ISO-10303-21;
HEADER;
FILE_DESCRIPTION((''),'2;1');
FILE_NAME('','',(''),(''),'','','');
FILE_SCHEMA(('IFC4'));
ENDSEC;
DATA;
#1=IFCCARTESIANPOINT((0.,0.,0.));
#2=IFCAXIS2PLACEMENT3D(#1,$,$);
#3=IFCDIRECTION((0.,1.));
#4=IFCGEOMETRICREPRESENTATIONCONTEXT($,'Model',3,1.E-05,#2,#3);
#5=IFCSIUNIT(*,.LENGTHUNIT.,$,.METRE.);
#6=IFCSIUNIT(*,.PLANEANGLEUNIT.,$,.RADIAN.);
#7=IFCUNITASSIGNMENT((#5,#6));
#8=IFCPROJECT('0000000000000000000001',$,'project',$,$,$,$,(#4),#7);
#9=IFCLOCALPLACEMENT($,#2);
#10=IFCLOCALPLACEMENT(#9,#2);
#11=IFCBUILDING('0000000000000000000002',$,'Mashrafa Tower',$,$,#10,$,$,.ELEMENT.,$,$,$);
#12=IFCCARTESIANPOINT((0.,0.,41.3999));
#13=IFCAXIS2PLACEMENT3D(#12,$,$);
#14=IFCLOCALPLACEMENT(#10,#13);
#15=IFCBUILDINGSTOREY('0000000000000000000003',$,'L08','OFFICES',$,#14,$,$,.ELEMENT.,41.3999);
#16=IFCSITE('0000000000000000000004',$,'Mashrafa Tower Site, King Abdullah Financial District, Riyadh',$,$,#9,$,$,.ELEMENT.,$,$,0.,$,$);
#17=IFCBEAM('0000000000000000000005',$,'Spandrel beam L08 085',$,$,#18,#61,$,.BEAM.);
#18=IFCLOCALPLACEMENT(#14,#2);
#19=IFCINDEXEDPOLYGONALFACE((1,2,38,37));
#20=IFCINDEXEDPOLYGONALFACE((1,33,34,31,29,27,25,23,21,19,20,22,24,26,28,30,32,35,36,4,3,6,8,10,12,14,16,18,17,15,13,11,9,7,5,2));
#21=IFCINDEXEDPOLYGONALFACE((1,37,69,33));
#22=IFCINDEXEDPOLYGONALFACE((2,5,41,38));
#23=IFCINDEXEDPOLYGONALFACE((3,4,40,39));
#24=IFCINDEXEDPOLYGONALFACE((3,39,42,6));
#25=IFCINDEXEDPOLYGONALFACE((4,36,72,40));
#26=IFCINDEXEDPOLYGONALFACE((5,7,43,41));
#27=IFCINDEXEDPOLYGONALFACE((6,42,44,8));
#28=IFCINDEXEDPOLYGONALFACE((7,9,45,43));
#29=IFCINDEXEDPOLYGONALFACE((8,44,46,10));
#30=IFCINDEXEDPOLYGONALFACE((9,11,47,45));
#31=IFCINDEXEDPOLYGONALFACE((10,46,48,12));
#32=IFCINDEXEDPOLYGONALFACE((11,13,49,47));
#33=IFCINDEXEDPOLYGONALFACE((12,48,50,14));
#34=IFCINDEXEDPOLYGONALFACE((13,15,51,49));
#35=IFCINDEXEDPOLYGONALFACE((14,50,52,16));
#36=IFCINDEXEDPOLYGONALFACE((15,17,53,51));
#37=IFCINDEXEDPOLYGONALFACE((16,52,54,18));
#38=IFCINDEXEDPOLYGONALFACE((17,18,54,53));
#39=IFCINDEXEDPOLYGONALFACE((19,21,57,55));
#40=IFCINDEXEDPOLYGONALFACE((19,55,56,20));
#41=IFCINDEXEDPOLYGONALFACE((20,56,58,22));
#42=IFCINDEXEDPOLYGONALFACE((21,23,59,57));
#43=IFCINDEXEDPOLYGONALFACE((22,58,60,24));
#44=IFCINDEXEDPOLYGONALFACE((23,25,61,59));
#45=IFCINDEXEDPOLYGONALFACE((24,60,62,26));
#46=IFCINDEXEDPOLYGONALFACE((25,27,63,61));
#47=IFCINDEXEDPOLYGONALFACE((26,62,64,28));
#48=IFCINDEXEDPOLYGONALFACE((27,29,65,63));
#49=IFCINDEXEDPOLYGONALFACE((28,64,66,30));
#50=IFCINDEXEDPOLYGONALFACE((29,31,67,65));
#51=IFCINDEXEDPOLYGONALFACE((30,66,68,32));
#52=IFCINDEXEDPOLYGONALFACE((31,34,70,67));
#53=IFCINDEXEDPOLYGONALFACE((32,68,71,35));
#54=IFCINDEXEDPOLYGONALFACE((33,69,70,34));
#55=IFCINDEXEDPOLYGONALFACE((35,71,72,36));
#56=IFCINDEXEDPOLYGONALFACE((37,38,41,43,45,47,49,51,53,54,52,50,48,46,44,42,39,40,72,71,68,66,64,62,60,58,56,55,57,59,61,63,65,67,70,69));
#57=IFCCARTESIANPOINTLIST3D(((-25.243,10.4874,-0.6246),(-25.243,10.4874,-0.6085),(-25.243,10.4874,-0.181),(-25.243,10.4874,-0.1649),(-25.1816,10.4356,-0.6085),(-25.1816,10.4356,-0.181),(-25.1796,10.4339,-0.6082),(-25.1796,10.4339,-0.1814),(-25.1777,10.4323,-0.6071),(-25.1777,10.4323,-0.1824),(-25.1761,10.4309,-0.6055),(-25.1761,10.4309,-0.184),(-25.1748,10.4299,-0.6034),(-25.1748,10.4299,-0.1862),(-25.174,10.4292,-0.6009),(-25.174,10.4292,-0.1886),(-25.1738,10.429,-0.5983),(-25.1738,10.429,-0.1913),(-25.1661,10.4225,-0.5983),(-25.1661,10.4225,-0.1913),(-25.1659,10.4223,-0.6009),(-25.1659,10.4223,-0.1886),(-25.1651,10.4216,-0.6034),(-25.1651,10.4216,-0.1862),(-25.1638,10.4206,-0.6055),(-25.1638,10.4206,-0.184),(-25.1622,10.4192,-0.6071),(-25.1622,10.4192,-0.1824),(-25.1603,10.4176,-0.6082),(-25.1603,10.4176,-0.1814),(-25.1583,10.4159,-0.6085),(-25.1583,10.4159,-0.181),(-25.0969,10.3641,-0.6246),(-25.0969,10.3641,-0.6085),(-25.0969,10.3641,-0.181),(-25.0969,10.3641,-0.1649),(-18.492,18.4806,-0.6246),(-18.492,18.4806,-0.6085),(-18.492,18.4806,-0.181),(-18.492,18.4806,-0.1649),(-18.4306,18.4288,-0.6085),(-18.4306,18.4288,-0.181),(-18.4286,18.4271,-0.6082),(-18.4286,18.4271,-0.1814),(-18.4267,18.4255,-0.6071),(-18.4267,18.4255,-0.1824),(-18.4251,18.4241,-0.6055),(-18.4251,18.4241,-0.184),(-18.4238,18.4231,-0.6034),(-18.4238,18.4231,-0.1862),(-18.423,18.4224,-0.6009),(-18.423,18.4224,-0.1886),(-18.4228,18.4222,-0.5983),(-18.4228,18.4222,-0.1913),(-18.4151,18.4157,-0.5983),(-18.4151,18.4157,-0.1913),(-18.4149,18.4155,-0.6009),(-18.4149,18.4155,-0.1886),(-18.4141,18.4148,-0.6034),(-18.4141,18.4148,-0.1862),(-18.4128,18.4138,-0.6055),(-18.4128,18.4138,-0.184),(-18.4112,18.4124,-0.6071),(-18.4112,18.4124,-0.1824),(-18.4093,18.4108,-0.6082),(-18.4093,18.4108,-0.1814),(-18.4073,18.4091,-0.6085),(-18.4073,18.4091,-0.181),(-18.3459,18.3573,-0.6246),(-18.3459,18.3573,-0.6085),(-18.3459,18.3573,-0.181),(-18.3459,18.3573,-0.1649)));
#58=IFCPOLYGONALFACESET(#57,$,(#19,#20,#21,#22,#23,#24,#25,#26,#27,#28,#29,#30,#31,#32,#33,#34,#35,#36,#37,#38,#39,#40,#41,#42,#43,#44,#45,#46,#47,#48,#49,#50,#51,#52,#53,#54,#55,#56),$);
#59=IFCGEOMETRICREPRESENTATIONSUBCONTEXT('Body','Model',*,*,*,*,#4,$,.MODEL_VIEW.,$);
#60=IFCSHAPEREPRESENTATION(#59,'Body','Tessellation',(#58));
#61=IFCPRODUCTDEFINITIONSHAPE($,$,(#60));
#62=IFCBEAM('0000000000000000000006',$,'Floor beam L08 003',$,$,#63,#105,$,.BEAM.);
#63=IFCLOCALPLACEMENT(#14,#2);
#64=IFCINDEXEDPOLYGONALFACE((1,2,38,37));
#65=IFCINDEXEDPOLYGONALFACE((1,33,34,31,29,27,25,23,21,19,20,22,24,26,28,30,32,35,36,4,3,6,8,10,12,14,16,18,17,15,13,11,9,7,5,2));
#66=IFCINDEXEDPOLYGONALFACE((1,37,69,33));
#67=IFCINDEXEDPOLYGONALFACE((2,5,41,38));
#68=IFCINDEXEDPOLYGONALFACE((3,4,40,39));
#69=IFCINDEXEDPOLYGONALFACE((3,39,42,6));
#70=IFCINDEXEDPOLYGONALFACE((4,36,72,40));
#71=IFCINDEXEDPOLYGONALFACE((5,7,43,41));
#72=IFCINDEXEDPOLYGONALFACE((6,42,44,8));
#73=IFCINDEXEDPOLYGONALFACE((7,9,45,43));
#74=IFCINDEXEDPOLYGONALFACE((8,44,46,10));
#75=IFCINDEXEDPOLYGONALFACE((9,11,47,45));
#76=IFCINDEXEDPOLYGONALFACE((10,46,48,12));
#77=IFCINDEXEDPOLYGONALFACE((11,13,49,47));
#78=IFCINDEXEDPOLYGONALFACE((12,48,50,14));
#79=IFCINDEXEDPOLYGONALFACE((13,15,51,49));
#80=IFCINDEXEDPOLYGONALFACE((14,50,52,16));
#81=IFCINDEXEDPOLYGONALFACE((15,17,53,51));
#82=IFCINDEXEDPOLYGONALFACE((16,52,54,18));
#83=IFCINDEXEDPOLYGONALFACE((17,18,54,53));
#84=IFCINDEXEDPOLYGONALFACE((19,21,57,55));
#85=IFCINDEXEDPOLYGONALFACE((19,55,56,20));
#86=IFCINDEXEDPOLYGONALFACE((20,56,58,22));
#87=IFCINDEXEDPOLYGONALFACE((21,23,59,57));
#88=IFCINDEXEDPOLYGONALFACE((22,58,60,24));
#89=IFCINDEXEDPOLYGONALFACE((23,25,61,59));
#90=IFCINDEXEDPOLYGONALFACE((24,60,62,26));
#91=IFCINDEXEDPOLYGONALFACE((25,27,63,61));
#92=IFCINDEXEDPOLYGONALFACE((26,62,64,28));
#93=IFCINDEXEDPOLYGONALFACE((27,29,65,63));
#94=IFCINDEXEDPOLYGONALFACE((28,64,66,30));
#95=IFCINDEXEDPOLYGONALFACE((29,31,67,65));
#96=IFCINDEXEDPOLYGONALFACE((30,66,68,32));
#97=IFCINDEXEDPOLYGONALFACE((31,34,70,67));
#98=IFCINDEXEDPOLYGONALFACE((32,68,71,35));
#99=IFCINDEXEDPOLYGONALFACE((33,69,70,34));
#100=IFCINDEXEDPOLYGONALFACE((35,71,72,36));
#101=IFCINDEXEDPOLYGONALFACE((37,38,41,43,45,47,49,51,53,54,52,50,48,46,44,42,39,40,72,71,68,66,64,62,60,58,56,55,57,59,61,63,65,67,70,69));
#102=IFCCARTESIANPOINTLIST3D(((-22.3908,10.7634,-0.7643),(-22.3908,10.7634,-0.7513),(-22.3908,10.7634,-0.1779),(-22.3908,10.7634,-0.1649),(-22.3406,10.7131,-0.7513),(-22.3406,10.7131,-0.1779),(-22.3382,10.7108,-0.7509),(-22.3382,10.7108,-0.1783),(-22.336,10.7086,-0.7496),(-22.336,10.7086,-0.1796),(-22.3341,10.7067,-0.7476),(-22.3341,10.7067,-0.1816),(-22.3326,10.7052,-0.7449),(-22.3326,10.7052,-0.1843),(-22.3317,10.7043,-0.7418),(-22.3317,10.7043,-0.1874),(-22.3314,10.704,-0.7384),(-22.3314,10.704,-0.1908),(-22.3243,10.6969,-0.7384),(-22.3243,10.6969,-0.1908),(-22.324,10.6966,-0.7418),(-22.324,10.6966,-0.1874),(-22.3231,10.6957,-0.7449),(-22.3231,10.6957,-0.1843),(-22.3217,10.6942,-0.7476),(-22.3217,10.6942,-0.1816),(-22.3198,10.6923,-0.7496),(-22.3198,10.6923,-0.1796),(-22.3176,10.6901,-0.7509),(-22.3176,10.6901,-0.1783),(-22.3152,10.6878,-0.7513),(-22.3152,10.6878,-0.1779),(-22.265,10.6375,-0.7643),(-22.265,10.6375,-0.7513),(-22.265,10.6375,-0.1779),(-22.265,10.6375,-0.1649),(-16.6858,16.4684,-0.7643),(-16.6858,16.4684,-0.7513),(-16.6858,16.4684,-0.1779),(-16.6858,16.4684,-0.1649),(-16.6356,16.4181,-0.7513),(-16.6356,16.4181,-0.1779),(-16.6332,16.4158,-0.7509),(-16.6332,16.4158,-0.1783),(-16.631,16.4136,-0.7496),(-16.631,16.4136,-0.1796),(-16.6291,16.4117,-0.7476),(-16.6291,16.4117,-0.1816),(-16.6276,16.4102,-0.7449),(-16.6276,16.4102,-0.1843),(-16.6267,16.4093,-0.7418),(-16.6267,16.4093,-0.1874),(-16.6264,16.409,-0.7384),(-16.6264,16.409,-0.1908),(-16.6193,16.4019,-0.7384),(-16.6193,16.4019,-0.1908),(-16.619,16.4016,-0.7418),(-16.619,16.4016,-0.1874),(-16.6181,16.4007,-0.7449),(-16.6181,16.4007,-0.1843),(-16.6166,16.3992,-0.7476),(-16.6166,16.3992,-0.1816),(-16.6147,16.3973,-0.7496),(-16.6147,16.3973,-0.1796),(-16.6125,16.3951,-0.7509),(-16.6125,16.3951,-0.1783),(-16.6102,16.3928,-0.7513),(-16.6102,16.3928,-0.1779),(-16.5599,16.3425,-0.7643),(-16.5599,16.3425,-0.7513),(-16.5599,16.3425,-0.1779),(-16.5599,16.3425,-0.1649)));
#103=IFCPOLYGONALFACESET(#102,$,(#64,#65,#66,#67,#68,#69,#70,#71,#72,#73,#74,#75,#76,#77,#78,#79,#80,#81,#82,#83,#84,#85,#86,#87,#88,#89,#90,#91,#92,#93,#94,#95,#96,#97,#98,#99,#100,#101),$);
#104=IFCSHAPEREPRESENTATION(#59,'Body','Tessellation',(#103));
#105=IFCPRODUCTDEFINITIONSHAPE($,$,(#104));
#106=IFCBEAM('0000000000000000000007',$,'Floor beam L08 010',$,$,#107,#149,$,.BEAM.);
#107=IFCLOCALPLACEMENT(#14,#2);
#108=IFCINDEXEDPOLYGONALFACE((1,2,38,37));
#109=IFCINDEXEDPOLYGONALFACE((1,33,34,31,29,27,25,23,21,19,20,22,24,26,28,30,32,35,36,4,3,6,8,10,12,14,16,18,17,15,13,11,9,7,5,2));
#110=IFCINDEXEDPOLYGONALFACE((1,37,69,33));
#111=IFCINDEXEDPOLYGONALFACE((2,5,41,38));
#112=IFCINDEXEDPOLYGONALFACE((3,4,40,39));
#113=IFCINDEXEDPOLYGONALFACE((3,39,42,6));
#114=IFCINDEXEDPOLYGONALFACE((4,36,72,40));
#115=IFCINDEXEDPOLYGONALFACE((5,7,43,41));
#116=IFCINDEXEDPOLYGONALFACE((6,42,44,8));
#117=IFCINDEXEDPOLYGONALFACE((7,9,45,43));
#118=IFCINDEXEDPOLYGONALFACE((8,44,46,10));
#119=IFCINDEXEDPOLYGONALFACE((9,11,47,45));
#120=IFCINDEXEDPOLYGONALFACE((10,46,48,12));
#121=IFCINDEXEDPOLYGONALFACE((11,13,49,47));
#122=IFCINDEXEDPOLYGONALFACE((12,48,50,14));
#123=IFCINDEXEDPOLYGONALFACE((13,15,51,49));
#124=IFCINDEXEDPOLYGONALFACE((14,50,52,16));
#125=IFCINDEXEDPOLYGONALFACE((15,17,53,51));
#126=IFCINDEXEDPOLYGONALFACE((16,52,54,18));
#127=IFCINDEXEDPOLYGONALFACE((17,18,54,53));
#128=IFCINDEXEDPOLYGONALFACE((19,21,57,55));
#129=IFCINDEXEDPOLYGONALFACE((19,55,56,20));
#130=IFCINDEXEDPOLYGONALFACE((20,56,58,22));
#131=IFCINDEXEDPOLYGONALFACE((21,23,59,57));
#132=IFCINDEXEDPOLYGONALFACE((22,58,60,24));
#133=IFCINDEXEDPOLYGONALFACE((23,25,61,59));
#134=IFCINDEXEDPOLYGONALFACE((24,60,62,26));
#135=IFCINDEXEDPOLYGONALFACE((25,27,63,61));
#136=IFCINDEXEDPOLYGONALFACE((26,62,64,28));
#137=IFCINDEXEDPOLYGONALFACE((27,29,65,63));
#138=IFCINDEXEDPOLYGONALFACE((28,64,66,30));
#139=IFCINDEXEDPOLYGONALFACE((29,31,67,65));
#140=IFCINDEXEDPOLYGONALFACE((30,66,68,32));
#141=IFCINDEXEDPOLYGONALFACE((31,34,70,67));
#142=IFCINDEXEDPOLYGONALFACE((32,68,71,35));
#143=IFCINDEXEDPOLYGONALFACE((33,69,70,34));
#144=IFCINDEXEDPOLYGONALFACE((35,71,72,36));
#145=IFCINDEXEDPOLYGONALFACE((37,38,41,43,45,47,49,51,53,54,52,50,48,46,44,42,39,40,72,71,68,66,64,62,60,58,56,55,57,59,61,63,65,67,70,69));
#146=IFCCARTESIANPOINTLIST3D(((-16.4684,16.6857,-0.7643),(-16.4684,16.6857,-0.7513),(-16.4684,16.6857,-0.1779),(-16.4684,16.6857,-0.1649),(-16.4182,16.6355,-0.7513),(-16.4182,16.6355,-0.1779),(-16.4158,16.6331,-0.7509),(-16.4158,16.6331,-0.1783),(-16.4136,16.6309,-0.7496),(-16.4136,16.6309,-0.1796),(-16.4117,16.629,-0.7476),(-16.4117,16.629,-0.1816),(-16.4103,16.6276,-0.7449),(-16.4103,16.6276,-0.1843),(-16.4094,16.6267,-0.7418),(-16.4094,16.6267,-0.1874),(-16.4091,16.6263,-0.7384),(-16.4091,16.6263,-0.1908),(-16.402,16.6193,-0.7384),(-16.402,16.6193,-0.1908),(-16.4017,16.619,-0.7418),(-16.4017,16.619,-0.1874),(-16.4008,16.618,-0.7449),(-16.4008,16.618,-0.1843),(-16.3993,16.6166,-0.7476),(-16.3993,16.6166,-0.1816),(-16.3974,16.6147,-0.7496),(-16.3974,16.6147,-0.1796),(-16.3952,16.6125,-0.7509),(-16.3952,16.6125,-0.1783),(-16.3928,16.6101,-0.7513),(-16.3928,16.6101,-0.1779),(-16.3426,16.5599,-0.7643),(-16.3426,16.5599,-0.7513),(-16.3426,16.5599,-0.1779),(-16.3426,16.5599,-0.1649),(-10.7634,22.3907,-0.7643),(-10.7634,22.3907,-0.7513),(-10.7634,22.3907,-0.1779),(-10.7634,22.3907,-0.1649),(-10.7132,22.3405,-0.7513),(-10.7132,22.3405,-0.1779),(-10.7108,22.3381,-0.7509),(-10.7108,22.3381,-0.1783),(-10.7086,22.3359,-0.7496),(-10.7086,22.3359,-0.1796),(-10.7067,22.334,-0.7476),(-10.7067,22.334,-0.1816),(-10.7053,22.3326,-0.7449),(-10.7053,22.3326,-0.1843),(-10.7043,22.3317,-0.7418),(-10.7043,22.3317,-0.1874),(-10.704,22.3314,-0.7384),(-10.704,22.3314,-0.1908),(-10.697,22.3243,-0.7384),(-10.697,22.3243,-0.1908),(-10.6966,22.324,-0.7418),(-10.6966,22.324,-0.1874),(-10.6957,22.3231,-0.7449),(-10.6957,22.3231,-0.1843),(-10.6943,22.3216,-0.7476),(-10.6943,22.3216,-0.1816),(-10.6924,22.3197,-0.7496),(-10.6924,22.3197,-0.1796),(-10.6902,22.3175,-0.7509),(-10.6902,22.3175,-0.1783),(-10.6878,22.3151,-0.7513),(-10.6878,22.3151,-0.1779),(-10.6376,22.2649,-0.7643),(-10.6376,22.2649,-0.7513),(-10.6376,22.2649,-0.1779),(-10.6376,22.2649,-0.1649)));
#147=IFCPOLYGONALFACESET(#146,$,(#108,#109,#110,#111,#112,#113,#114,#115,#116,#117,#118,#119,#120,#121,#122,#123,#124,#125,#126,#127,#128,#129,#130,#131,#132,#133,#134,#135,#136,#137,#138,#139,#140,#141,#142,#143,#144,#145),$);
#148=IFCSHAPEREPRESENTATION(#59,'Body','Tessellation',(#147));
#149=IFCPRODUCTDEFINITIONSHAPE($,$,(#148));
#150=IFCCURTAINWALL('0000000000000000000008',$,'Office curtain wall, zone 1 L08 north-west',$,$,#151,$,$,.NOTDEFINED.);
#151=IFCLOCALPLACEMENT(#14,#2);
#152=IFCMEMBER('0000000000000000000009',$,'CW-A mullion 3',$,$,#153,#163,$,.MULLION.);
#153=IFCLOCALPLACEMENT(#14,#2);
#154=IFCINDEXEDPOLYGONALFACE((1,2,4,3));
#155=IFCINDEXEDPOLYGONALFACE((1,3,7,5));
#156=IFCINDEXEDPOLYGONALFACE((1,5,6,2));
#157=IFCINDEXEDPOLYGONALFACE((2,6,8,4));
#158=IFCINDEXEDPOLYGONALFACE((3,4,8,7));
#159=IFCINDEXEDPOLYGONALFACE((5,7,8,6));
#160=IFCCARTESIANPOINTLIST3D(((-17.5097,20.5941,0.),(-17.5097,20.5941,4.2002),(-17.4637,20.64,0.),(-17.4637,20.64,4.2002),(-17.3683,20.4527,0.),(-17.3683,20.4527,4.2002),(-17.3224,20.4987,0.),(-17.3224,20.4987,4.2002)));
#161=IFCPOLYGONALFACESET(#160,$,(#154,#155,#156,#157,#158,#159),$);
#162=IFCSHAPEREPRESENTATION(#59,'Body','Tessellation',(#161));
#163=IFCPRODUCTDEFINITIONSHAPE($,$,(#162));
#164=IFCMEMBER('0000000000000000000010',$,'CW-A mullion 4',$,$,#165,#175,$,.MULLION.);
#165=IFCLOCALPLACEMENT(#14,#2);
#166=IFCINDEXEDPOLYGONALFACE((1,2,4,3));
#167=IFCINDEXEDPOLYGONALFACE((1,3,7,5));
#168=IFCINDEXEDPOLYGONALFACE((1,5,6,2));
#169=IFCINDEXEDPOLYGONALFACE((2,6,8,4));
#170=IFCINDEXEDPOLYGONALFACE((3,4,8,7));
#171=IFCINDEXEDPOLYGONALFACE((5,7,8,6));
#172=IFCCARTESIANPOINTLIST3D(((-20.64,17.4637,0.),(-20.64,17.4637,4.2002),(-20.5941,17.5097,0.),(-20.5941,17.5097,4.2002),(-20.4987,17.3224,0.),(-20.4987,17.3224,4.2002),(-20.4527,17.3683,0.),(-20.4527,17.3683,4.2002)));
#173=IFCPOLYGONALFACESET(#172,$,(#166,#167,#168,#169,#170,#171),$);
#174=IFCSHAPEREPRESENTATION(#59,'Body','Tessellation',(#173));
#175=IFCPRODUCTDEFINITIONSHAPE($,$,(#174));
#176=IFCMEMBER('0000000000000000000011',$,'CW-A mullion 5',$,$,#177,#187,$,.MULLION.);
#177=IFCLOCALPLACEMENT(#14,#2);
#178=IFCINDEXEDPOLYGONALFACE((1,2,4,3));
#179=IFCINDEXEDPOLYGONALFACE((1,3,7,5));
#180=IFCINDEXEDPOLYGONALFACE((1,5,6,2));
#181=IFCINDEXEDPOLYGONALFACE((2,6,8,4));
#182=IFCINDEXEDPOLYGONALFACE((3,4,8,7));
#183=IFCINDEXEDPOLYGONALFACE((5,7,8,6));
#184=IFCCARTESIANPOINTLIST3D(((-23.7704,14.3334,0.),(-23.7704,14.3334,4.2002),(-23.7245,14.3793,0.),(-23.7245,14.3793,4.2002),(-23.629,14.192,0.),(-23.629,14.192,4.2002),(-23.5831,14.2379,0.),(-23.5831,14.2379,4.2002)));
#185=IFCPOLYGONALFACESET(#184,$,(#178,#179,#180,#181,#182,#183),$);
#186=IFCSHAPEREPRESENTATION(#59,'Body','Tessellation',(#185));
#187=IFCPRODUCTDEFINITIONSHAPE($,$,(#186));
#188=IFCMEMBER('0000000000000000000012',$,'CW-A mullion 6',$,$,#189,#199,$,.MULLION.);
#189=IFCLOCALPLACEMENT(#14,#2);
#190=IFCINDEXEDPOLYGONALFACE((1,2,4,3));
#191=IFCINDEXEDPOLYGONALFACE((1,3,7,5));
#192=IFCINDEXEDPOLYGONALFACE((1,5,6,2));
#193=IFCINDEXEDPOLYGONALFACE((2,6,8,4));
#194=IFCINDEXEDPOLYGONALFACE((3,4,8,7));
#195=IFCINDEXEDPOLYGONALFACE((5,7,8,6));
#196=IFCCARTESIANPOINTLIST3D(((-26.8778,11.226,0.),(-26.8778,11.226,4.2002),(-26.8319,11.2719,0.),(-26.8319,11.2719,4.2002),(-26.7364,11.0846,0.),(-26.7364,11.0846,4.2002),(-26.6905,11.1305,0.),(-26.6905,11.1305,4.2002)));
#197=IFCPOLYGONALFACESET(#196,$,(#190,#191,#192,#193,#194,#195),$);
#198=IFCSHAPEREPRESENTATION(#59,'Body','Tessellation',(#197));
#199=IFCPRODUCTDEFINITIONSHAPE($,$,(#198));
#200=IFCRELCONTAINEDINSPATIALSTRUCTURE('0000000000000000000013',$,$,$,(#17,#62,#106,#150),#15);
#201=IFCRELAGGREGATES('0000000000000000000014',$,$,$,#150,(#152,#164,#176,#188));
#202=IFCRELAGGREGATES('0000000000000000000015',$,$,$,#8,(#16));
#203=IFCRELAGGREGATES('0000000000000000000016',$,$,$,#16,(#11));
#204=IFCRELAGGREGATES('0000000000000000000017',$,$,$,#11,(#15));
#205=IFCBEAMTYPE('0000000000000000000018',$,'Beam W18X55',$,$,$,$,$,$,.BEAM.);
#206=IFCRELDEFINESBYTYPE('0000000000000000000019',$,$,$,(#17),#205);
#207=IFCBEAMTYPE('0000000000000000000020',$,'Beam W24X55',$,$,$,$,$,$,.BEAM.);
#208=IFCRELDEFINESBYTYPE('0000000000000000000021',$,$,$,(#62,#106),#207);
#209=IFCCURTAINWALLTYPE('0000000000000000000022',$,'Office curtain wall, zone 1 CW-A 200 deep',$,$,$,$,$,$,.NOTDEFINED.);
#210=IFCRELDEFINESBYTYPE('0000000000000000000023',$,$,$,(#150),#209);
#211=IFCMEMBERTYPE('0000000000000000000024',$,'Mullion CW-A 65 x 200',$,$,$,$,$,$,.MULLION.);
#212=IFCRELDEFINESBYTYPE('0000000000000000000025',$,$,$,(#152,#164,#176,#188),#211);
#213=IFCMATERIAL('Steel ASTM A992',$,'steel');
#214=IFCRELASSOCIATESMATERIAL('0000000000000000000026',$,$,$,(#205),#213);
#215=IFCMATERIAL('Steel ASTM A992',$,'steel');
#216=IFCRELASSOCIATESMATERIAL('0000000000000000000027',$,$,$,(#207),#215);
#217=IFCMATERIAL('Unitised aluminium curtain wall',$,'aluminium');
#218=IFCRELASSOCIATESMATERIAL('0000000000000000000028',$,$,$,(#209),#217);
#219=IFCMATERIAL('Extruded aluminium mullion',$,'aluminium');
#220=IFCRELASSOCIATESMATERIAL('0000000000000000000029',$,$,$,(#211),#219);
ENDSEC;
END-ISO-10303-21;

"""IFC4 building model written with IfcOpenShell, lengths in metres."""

from ifc_helpers import new_model, si_unit, direction, frame, origin, origin_2d, place, context, subcontext, project, spatial, rectangle, i_section, extrude, source, transform, mapped, material, material_profile, profile_set, type_object, type_shapes, element, aggregate, save


model = new_model("IFC4")

# Units and contexts
model_context = context("Model", 3, precision=1e-05, world=origin(), true_north=direction((0.0, 1.0)))
body_context = subcontext(model_context, "Body", "Model", "MODEL_VIEW")
ifc_project = project(units=[si_unit("LENGTHUNIT", "METRE"), si_unit("PLANEANGLEUNIT", "RADIAN")], contexts=[model_context])

# Site, building, storey
site_placement = place(None, origin())
site = spatial("IfcSite", under=ifc_project, at=site_placement, Name="Mashrafa Tower Site, King Abdullah Financial District, Riyadh", CompositionType="ELEMENT", RefElevation=0.0)
building_placement = place(site_placement, origin())
building = spatial("IfcBuilding", under=site, at=building_placement, Name="Mashrafa Tower", CompositionType="ELEMENT")
storey_placement = place(building_placement, frame((0.0, 0.0, 41.3999)))
storey = spatial("IfcBuildingStorey", under=building, at=storey_placement, Name="L08", Description="OFFICES", CompositionType="ELEMENT", Elevation=41.3999)

# Beams
ifc_material_1 = material(Name="Steel ASTM A992", Category="steel")
ifc_material_profile_1 = material_profile(ifc_material_1, i_section(OverallWidth=0.1912, OverallDepth=0.4597, WebThickness=0.01, FlangeThickness=0.0161, FilletRadius=0.0103, at=origin_2d()), Name="W18X55")
ifc_profile_set_1 = profile_set([ifc_material_profile_1], Name="Steel ASTM A992")
beam_type_1 = type_object("IfcBeamType", Name="Beam W18X55", PredefinedType="BEAM", material=ifc_profile_set_1)
beam_1_placement = place(storey_placement, frame((-18.4189, 18.4189, -0.3948), z_axis=(-0.645247, -0.763974, 0.0), x_axis=(0.763974, -0.645247, 0.0)))
element("IfcBeam", 1, at=beam_1_placement, inside=storey, type_object=beam_type_1, Name="Spandrel beam L08 085", PredefinedType="BEAM", context=body_context, shape_type="SweptSolid", body=[
    extrude(i_section(OverallWidth=0.1912, OverallDepth=0.4597, WebThickness=0.01, FlangeThickness=0.0161, FilletRadius=0.0103, at=origin_2d()), origin(), (0.0, 0.0, 1.0), 10.4626),
])
ifc_material_2 = material(Name="Steel ASTM A992", Category="steel")
ifc_material_profile_2 = material_profile(ifc_material_2, i_section(OverallWidth=0.178, OverallDepth=0.5994, WebThickness=0.01, FlangeThickness=0.0129, FilletRadius=0.0129, at=origin_2d()), Name="W24X55")
ifc_profile_set_2 = profile_set([ifc_material_profile_2], Name="Steel ASTM A992")
beam_type_2 = type_object("IfcBeamType", Name="Beam W24X55", PredefinedType="BEAM", material=ifc_profile_set_2)
for number, where, z_axis, x_axis, name in (
    (2, (-22.3279, 10.7004, -0.4646), (0.707107, 0.707107, 0.0), (-0.707107, 0.707107, 0.0), "Floor beam L08 003"),
    (3, (-16.4055, 16.6228, -0.4646), (0.707107, 0.707107, 0.0), (-0.707107, 0.707107, 0.0), "Floor beam L08 010"),
):
    element("IfcBeam", number, at=place(storey_placement, frame(where, z_axis=z_axis, x_axis=x_axis)), inside=storey, type_object=beam_type_2, Name=name, PredefinedType="BEAM", context=body_context, shape_type="SweptSolid", body=[
        extrude(i_section(OverallWidth=0.178, OverallDepth=0.5994, WebThickness=0.01, FlangeThickness=0.0129, FilletRadius=0.0129, at=origin_2d()), origin(), (0.0, 0.0, 1.0), 8.0681),
    ])

# Curtain wall, members
ifc_material_3 = material(Name="Unitised aluminium curtain wall", Category="aluminium")
curtain_wall_type = type_object("IfcCurtainWallType", Name="Office curtain wall, zone 1 CW-A 200 deep", PredefinedType="NOTDEFINED", material=ifc_material_3)
curtain_wall_1_placement = place(storey_placement, origin())
curtain_wall_1 = element("IfcCurtainWall", 4, at=curtain_wall_1_placement, inside=storey, type_object=curtain_wall_type, Name="Office curtain wall, zone 1 L08 north-west", PredefinedType="NOTDEFINED")
ifc_material_4 = material(Name="Extruded aluminium mullion", Category="aluminium")
ifc_material_profile_3 = material_profile(ifc_material_4, rectangle(XDim=0.2, YDim=0.0649, at=origin_2d()), Name="Mullion 65x200")
ifc_profile_set_3 = profile_set([ifc_material_profile_3], Name="Extruded aluminium mullion")
member_type_1 = type_object("IfcMemberType", Name="Mullion CW-A 65 x 200", PredefinedType="MULLION", material=ifc_profile_set_3)
shared_shape_1 = source(origin(), body_context, "Body", "SweptSolid", [
    extrude(rectangle(XDim=0.2, YDim=0.0649, at=origin_2d()), origin(), (0.0, 0.0, 1.0), 4.2002),
])
type_shapes(member_type_1, [shared_shape_1])
member_1_placement = place(storey_placement, frame((-17.416, 20.5464, 0.0), z_axis=(0.0, 0.0, 1.0), x_axis=(0.707107, -0.707107, 0.0)))
member_1 = element("IfcMember", 5, at=member_1_placement, type_object=member_type_1, Name="CW-A mullion 3", PredefinedType="MULLION", context=body_context, shape_type="MappedRepresentation", body=[
    mapped(shared_shape_1, transform((0.0, 0.0, 0.0))),
])
member_2_placement = place(storey_placement, frame((-20.5464, 17.416, 0.0), z_axis=(0.0, 0.0, 1.0), x_axis=(0.707107, -0.707107, 0.0)))
member_2 = element("IfcMember", 6, at=member_2_placement, type_object=member_type_1, Name="CW-A mullion 4", PredefinedType="MULLION", context=body_context, shape_type="MappedRepresentation", body=[
    mapped(shared_shape_1, transform((0.0, 0.0, 0.0))),
])
member_3_placement = place(storey_placement, frame((-23.6768, 14.2856, 0.0), z_axis=(0.0, 0.0, 1.0), x_axis=(0.707107, -0.707107, 0.0)))
member_3 = element("IfcMember", 7, at=member_3_placement, type_object=member_type_1, Name="CW-A mullion 5", PredefinedType="MULLION", context=body_context, shape_type="MappedRepresentation", body=[
    mapped(shared_shape_1, transform((0.0, 0.0, 0.0))),
])
member_4_placement = place(storey_placement, frame((-26.7842, 11.1782, 0.0), z_axis=(0.0, 0.0, 1.0), x_axis=(0.707107, -0.707107, 0.0)))
member_4 = element("IfcMember", 8, at=member_4_placement, type_object=member_type_1, Name="CW-A mullion 6", PredefinedType="MULLION", context=body_context, shape_type="MappedRepresentation", body=[
    mapped(shared_shape_1, transform((0.0, 0.0, 0.0))),
])

aggregate(curtain_wall_1, [member_1, member_2, member_3, member_4])

save(model, "model.ifc")
